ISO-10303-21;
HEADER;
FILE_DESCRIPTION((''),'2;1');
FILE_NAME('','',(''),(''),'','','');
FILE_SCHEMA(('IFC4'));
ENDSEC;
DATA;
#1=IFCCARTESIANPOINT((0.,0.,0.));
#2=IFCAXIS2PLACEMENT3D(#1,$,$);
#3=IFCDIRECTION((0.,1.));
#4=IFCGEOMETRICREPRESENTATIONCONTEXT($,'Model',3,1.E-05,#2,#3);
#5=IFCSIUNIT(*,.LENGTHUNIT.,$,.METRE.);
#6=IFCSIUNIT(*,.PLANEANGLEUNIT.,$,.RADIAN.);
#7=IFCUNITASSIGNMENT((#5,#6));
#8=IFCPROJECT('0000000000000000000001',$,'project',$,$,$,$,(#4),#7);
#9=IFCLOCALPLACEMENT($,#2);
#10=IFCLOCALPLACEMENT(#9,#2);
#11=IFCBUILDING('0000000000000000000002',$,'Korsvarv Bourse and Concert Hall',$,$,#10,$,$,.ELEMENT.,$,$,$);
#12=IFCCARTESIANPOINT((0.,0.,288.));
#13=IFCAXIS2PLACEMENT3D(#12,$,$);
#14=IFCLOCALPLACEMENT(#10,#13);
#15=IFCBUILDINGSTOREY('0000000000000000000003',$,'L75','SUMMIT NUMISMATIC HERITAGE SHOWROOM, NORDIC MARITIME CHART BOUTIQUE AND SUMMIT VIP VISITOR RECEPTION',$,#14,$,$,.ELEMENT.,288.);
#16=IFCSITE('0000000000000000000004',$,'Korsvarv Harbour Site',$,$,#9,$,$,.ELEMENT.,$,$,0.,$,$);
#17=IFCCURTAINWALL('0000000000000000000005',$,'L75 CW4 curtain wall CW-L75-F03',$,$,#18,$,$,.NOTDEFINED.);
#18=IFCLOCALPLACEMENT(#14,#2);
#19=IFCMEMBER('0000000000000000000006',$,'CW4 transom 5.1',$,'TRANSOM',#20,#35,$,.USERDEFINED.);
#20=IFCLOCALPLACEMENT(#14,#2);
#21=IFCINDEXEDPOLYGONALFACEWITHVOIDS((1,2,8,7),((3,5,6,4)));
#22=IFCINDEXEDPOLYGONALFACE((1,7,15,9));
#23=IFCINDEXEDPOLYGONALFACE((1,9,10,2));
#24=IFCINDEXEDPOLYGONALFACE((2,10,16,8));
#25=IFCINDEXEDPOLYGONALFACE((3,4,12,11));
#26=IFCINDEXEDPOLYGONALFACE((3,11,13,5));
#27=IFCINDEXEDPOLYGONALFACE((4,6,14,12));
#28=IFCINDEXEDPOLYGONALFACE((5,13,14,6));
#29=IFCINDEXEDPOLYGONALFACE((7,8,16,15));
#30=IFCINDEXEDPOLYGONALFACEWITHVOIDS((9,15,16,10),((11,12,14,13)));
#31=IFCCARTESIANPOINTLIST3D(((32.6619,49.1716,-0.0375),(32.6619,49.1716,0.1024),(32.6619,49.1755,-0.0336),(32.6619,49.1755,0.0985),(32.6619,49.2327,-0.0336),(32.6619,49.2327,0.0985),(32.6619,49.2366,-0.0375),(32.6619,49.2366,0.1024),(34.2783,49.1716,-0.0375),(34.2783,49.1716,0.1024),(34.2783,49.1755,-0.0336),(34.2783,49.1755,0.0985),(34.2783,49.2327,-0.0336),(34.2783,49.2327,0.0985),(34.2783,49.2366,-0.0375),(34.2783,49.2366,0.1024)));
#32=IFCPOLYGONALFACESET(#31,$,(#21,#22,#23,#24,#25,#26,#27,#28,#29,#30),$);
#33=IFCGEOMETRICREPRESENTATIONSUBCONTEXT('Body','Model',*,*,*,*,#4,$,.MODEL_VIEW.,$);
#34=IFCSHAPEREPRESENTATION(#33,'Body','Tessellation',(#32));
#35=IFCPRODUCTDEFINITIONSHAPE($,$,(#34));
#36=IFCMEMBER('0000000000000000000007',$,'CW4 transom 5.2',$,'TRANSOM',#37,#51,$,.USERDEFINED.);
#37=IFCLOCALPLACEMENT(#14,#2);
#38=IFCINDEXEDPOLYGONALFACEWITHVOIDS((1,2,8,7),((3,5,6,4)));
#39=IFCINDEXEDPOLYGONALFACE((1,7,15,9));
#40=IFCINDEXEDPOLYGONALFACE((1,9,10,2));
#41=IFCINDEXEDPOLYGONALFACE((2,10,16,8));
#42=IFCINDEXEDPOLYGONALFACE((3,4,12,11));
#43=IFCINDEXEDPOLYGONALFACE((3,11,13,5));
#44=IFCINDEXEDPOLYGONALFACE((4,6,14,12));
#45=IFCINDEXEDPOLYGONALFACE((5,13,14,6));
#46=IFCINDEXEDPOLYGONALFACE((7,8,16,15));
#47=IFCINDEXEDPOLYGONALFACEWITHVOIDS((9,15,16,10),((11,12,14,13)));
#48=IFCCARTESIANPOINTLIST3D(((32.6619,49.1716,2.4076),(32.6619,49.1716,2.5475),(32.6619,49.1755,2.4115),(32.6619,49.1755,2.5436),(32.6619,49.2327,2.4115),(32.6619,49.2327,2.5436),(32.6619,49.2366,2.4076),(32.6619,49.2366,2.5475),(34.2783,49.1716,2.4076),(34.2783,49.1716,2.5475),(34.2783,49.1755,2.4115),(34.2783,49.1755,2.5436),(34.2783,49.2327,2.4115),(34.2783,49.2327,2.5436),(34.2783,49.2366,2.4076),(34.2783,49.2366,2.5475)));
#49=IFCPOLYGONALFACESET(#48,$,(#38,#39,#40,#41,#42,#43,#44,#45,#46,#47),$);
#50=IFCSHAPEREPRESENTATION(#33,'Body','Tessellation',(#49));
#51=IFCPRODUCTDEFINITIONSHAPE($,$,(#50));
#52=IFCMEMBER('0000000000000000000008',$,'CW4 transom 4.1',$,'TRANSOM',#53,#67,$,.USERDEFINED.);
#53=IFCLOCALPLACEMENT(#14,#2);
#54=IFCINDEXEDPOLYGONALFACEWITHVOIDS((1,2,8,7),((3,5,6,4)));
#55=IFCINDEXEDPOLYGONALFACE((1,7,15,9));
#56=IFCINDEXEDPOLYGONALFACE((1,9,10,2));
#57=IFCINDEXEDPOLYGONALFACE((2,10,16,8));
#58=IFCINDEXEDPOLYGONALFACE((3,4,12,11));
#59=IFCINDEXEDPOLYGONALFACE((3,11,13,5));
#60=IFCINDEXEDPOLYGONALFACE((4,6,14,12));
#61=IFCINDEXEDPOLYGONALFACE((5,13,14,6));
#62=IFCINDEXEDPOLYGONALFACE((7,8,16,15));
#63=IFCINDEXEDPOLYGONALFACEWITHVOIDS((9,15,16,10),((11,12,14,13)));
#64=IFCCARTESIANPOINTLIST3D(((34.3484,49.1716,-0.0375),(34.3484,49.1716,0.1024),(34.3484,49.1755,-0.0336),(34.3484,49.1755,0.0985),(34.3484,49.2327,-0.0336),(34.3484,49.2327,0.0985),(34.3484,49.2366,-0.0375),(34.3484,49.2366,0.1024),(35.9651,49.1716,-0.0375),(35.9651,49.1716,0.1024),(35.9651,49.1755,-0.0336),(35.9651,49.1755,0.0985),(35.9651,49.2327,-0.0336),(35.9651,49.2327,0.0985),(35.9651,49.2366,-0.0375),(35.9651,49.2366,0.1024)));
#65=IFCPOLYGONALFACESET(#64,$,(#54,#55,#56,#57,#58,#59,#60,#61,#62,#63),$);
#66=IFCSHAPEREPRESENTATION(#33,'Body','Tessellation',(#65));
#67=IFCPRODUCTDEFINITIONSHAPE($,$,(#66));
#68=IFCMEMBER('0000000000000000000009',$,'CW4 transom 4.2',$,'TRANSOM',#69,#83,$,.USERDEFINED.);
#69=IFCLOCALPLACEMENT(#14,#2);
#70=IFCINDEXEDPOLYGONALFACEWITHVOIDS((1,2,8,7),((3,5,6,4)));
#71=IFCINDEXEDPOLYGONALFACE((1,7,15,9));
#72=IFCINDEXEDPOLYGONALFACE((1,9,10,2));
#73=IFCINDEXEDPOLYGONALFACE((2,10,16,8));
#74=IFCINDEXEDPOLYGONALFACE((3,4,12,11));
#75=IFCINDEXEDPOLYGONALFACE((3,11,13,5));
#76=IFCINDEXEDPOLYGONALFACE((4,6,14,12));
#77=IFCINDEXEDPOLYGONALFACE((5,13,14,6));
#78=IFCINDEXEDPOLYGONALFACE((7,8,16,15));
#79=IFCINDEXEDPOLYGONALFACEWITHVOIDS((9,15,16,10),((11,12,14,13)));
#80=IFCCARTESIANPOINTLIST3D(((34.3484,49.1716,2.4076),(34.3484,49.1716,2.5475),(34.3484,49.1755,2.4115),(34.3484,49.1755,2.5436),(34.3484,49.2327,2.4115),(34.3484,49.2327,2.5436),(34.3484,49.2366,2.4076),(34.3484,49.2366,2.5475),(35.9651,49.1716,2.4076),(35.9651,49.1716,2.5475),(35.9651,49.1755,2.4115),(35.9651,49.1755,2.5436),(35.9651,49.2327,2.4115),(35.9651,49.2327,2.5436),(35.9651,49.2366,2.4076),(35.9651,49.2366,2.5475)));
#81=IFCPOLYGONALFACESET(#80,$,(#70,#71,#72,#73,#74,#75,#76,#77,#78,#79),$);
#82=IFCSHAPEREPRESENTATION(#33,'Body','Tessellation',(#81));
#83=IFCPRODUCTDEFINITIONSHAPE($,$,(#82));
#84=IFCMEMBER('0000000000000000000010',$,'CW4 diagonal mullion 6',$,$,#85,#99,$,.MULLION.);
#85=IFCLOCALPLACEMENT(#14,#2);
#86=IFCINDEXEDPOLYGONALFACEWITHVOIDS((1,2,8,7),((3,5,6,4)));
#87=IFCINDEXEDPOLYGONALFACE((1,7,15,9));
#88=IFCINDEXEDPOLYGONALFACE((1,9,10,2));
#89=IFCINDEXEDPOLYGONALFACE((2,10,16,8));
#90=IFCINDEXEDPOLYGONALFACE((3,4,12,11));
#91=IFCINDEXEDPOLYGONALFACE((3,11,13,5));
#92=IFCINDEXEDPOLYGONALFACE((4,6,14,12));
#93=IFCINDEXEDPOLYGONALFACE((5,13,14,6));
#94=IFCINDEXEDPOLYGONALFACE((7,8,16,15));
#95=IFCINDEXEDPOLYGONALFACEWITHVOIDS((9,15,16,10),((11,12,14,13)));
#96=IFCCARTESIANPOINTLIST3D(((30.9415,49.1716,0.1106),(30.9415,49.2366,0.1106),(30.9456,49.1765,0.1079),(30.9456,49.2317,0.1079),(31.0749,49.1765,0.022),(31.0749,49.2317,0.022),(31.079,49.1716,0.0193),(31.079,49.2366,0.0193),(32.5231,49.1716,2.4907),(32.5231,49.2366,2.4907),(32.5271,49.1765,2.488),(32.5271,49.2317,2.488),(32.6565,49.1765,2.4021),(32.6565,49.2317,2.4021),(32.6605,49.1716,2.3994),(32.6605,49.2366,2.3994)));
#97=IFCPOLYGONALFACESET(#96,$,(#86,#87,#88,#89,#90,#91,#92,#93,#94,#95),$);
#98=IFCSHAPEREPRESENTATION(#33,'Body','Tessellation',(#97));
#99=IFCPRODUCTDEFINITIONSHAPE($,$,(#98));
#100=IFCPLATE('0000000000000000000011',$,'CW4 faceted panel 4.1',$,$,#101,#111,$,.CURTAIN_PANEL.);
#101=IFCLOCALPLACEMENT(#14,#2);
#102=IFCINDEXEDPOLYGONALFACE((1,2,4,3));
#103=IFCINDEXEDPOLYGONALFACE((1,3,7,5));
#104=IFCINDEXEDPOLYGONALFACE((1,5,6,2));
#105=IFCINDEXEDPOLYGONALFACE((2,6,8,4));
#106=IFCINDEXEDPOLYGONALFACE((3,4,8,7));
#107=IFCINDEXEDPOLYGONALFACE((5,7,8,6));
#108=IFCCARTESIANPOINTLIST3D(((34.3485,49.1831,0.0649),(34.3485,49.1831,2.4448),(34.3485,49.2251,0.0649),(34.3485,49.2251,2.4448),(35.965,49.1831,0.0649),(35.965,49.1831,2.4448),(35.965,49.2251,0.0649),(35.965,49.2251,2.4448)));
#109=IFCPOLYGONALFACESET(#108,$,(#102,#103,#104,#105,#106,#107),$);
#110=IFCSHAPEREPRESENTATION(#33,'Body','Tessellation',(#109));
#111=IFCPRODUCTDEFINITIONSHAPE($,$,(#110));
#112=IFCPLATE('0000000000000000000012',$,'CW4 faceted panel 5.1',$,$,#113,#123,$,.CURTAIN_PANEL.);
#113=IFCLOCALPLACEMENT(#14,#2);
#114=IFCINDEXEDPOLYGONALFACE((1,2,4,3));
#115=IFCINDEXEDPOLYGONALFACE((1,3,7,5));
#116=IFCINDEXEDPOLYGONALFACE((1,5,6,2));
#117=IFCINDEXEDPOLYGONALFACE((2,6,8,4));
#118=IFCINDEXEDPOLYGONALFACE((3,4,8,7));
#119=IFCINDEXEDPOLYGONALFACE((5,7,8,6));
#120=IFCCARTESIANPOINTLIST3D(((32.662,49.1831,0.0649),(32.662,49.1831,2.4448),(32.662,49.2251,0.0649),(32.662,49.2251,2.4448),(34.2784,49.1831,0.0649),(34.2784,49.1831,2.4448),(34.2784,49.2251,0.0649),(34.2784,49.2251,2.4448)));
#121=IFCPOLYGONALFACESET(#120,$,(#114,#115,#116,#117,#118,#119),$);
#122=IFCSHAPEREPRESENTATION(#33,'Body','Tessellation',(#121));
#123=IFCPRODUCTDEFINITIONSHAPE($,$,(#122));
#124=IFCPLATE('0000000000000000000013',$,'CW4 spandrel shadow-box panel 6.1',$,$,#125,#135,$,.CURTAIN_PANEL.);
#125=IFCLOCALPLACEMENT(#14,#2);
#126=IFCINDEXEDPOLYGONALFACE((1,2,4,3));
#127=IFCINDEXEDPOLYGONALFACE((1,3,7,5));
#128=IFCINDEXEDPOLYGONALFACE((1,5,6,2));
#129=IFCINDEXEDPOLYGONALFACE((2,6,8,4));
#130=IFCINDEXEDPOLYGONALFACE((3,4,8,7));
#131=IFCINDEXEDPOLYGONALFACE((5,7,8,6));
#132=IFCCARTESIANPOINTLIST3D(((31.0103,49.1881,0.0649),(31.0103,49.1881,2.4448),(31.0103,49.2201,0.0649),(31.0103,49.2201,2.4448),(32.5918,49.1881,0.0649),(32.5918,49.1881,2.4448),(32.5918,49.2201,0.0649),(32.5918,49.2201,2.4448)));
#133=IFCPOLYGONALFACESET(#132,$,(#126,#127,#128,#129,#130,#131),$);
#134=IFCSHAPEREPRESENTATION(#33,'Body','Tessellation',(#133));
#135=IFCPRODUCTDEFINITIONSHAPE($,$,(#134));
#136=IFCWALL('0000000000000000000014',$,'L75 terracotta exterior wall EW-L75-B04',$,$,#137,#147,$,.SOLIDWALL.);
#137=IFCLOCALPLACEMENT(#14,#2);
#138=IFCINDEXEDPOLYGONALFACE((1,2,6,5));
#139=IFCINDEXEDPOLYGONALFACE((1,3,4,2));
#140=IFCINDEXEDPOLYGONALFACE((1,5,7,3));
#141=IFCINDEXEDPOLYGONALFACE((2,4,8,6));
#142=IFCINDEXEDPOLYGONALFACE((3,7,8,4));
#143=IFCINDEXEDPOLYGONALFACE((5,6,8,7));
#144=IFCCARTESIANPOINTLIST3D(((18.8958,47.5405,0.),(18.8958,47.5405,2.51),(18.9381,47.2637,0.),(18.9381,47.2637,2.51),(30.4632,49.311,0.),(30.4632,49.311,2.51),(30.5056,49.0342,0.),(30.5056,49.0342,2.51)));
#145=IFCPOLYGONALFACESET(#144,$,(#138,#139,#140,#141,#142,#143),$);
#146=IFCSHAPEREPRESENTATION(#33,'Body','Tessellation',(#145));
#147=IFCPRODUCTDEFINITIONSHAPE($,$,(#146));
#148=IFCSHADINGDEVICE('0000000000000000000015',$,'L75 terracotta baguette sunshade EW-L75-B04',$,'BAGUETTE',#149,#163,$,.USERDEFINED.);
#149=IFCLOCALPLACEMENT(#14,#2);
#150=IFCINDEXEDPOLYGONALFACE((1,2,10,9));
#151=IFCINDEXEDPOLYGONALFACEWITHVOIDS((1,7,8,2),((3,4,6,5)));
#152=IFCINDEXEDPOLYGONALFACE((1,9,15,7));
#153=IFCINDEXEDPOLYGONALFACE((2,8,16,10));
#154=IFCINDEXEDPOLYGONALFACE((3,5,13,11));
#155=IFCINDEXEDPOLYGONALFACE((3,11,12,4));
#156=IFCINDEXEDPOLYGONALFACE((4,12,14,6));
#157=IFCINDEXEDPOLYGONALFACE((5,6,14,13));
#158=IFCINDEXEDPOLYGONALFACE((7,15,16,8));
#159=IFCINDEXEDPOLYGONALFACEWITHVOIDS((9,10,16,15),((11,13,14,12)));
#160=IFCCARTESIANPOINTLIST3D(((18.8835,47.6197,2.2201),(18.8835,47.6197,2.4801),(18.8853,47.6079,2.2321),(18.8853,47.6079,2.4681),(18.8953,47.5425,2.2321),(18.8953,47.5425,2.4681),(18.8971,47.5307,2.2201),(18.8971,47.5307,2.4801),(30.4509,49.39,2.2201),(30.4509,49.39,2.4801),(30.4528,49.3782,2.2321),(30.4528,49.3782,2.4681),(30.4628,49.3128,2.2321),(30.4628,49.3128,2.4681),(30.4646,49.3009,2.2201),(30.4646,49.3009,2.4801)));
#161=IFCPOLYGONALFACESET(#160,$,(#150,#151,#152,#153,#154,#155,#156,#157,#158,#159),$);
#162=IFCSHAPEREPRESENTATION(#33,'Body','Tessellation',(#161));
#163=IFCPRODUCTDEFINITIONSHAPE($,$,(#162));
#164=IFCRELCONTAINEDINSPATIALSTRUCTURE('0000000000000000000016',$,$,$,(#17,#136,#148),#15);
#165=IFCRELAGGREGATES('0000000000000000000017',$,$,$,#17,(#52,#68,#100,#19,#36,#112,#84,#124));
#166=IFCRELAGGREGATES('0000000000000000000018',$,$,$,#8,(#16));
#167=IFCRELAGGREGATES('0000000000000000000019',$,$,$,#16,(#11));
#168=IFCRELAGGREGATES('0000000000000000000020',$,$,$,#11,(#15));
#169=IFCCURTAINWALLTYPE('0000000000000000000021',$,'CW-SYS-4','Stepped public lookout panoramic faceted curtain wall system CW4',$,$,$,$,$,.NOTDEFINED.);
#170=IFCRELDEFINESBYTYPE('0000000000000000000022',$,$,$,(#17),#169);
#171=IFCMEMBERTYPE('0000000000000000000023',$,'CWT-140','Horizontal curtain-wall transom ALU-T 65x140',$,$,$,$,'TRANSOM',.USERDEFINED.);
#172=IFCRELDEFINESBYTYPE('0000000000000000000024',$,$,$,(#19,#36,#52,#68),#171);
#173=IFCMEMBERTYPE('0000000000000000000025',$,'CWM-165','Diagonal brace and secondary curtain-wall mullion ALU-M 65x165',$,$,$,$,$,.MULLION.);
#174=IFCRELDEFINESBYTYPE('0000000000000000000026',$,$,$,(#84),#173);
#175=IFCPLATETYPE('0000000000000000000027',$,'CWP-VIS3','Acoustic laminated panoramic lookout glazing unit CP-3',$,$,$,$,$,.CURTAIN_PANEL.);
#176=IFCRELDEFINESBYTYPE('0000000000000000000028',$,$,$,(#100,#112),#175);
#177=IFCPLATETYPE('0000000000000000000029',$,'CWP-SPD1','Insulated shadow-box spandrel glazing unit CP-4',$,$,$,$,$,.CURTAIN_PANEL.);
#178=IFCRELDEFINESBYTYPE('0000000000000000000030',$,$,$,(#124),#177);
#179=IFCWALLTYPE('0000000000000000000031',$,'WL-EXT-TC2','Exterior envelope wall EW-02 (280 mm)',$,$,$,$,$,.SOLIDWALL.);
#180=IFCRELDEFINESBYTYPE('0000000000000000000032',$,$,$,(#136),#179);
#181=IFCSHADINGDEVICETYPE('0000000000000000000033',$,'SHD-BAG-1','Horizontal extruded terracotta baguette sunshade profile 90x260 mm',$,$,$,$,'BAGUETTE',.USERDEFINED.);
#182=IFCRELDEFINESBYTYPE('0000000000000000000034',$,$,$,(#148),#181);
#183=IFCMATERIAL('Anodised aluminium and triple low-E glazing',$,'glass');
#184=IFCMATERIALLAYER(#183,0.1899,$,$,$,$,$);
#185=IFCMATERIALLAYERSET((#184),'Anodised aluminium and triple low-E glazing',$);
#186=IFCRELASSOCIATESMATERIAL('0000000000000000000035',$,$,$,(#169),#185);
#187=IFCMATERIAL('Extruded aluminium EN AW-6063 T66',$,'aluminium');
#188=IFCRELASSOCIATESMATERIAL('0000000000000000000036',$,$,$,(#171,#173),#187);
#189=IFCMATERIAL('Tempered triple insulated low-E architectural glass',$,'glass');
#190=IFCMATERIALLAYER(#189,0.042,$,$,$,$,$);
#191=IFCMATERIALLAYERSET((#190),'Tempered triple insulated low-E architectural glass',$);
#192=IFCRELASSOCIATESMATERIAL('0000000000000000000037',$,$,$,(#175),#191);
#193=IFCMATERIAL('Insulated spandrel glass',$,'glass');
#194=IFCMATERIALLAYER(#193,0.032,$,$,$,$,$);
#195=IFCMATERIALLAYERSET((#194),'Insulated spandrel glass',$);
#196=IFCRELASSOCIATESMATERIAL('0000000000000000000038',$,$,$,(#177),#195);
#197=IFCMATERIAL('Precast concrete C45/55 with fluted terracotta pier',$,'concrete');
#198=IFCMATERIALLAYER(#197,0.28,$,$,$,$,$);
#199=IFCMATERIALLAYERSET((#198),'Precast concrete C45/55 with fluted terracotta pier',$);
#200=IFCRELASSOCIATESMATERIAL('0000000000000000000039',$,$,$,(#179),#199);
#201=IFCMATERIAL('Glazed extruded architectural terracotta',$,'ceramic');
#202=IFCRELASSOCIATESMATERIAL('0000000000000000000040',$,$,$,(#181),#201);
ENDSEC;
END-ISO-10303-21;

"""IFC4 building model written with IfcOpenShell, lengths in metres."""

from ifc_helpers import new_model, si_unit, direction, frame, frame_2d, origin, origin_2d, place, context, subcontext, project, spatial, rectangle, hollow_rectangle, extrude, source, transform, mapped, material, layer, layer_set, material_profile, profile_set, type_object, element, aggregate, save


model = new_model("IFC4")

# Units and contexts
model_context = context("Model", 3, precision=1e-05, world=origin(), true_north=direction((0.0, 1.0)))
body_context = subcontext(model_context, "Body", "Model", "MODEL_VIEW")
ifc_project = project(units=[si_unit("LENGTHUNIT", "METRE"), si_unit("PLANEANGLEUNIT", "RADIAN")], contexts=[model_context])

# Site, building, storey
site_placement = place(None, origin())
site = spatial("IfcSite", under=ifc_project, at=site_placement, Name="Korsvarv Harbour Site", CompositionType="ELEMENT", RefElevation=0.0)
building_placement = place(site_placement, origin())
building = spatial("IfcBuilding", under=site, at=building_placement, Name="Korsvarv Bourse and Concert Hall", CompositionType="ELEMENT")
storey_placement = place(building_placement, frame((0.0, 0.0, 288.0)))
storey = spatial("IfcBuildingStorey", under=building, at=storey_placement, Name="L75", Description="SUMMIT NUMISMATIC HERITAGE SHOWROOM, NORDIC MARITIME CHART BOUTIQUE AND SUMMIT VIP VISITOR RECEPTION", CompositionType="ELEMENT", Elevation=288.0)

# Curtain wall, members, plates
ifc_material_1 = material(Name="Anodised aluminium and triple low-E glazing", Category="glass")
ifc_layer_1 = layer(ifc_material_1, 0.1899)
ifc_layer_set_1 = layer_set([ifc_layer_1], Name="Anodised aluminium and triple low-E glazing")
curtain_wall_type = type_object("IfcCurtainWallType", Name="CW-SYS-4", Description="Stepped public lookout panoramic faceted curtain wall system CW4", PredefinedType="NOTDEFINED", material=ifc_layer_set_1)
curtain_wall_placement = place(storey_placement, origin())
curtain_wall = element("IfcCurtainWall", 1, at=curtain_wall_placement, inside=storey, type_object=curtain_wall_type, Name="L75 CW4 curtain wall CW-L75-F03", PredefinedType="NOTDEFINED")
ifc_material_2 = material(Name="Extruded aluminium EN AW-6063 T66", Category="aluminium")
ifc_material_profile_1 = material_profile(ifc_material_2, hollow_rectangle(XDim=0.0649, YDim=0.1399, WallThickness=0.0039, at=origin_2d()), Name="ALU-T 65x140")
ifc_profile_set_1 = profile_set([ifc_material_profile_1], Name="Extruded aluminium EN AW-6063 T66")
member_type_1 = type_object("IfcMemberType", Name="CWT-140", Description="Horizontal curtain-wall transom ALU-T 65x140", ElementType="TRANSOM", PredefinedType="USERDEFINED", material=ifc_profile_set_1)
shared_shape_1 = source(origin(), body_context, "Body", "SweptSolid", [
    extrude(hollow_rectangle(XDim=0.0649, YDim=0.1399, WallThickness=0.0039, at=origin_2d()), origin(), (0.0, 0.0, 1.0), 1.6165),
])
member_1_placement = place(storey_placement, frame((34.2783, 49.2041, 0.0325), z_axis=(-1.0, 0.0, 0.0), x_axis=(0.0, -1.0, 0.0)))
member_1 = element("IfcMember", 2, at=member_1_placement, type_object=member_type_1, Name="CW4 transom 5.1", ObjectType="TRANSOM", PredefinedType="USERDEFINED", context=body_context, shape_type="MappedRepresentation", body=[
    mapped(shared_shape_1, transform((0.0, 0.0, 0.0), scale=1.0)),
])
member_2_placement = place(storey_placement, frame((34.2783, 49.2041, 2.4775), z_axis=(-1.0, 0.0, 0.0), x_axis=(0.0, -1.0, 0.0)))
member_2 = element("IfcMember", 3, at=member_2_placement, type_object=member_type_1, Name="CW4 transom 5.2", ObjectType="TRANSOM", PredefinedType="USERDEFINED", context=body_context, shape_type="MappedRepresentation", body=[
    mapped(shared_shape_1, transform((0.0, 0.0, 0.0), scale=1.0)),
])
shared_shape_2 = source(origin(), body_context, "Body", "SweptSolid", [
    extrude(hollow_rectangle(XDim=0.0649, YDim=0.1399, WallThickness=0.0039, at=origin_2d()), origin(), (0.0, 0.0, 1.0), 1.6167),
])
member_3_placement = place(storey_placement, frame((35.9651, 49.2041, 0.0325), z_axis=(-1.0, 0.0, 0.0), x_axis=(0.0, -1.0, 0.0)))
member_3 = element("IfcMember", 4, at=member_3_placement, type_object=member_type_1, Name="CW4 transom 4.1", ObjectType="TRANSOM", PredefinedType="USERDEFINED", context=body_context, shape_type="MappedRepresentation", body=[
    mapped(shared_shape_2, transform((0.0, 0.0, 0.0), scale=1.0)),
])
member_4_placement = place(storey_placement, frame((35.9651, 49.2041, 2.4775), z_axis=(-1.0, 0.0, 0.0), x_axis=(0.0, -1.0, 0.0)))
member_4 = element("IfcMember", 5, at=member_4_placement, type_object=member_type_1, Name="CW4 transom 4.2", ObjectType="TRANSOM", PredefinedType="USERDEFINED", context=body_context, shape_type="MappedRepresentation", body=[
    mapped(shared_shape_2, transform((0.0, 0.0, 0.0), scale=1.0)),
])
ifc_material_profile_2 = material_profile(ifc_material_2, hollow_rectangle(XDim=0.0649, YDim=0.165, WallThickness=0.0049, at=origin_2d()), Name="ALU-M 65x165")
ifc_profile_set_2 = profile_set([ifc_material_profile_2], Name="Extruded aluminium EN AW-6063 T66")
member_type_2 = type_object("IfcMemberType", Name="CWM-165", Description="Diagonal brace and secondary curtain-wall mullion ALU-M 65x165", PredefinedType="MULLION", material=ifc_profile_set_2)
shared_shape_3 = source(origin(), body_context, "Body", "SweptSolid", [
    extrude(hollow_rectangle(XDim=0.0649, YDim=0.165, WallThickness=0.0049, at=origin_2d()), origin(), (0.0, 0.0, 1.0), 2.8577),
])
member_5_placement = place(storey_placement, frame((31.0103, 49.2041, 0.0649), z_axis=(0.553438, 0.0, 0.832891), x_axis=(0.0, 1.0, 0.0)))
member_5 = element("IfcMember", 6, at=member_5_placement, type_object=member_type_2, Name="CW4 diagonal mullion 6", PredefinedType="MULLION", context=body_context, shape_type="MappedRepresentation", body=[
    mapped(shared_shape_3, transform((0.0, 0.0, 0.0), scale=1.0)),
])
ifc_material_3 = material(Name="Tempered triple insulated low-E architectural glass", Category="glass")
ifc_layer_2 = layer(ifc_material_3, 0.042)
ifc_layer_set_2 = layer_set([ifc_layer_2], Name="Tempered triple insulated low-E architectural glass")
plate_type_1 = type_object("IfcPlateType", Name="CWP-VIS3", Description="Acoustic laminated panoramic lookout glazing unit CP-3", PredefinedType="CURTAIN_PANEL", material=ifc_layer_set_2)
shared_shape_4 = source(origin(), body_context, "Body", "SweptSolid", [
    extrude(rectangle(XDim=1.6165, YDim=0.042, at=origin_2d()), origin(), (0.0, 0.0, 1.0), 2.3799),
])
plate_1_placement = place(storey_placement, frame((35.1567, 49.2041, 0.0649), z_axis=(0.0, 0.0, 1.0), x_axis=(-1.0, 0.0, 0.0)))
plate_1 = element("IfcPlate", 7, at=plate_1_placement, type_object=plate_type_1, Name="CW4 faceted panel 4.1", PredefinedType="CURTAIN_PANEL", context=body_context, shape_type="MappedRepresentation", body=[
    mapped(shared_shape_4, transform((0.0, 0.0, 0.0), scale=1.0)),
])
plate_2_placement = place(storey_placement, frame((33.4702, 49.2041, 0.0649), z_axis=(0.0, 0.0, 1.0), x_axis=(-1.0, 0.0, 0.0)))
plate_2 = element("IfcPlate", 8, at=plate_2_placement, type_object=plate_type_1, Name="CW4 faceted panel 5.1", PredefinedType="CURTAIN_PANEL", context=body_context, shape_type="MappedRepresentation", body=[
    mapped(shared_shape_4, transform((0.0, 0.0, 0.0), scale=1.0)),
])
ifc_material_4 = material(Name="Insulated spandrel glass", Category="glass")
ifc_layer_3 = layer(ifc_material_4, 0.032)
ifc_layer_set_3 = layer_set([ifc_layer_3], Name="Insulated spandrel glass")
plate_type_2 = type_object("IfcPlateType", Name="CWP-SPD1", Description="Insulated shadow-box spandrel glazing unit CP-4", PredefinedType="CURTAIN_PANEL", material=ifc_layer_set_3)
shared_shape_5 = source(origin(), body_context, "Body", "SweptSolid", [
    extrude(rectangle(XDim=1.5815, YDim=0.032, at=origin_2d()), origin(), (0.0, 0.0, 1.0), 2.3799),
])
plate_3_placement = place(storey_placement, frame((31.801, 49.2041, 0.0649), z_axis=(0.0, 0.0, 1.0), x_axis=(-1.0, 0.0, 0.0)))
plate_3 = element("IfcPlate", 9, at=plate_3_placement, type_object=plate_type_2, Name="CW4 spandrel shadow-box panel 6.1", PredefinedType="CURTAIN_PANEL", context=body_context, shape_type="MappedRepresentation", body=[
    mapped(shared_shape_5, transform((0.0, 0.0, 0.0), scale=1.0)),
])
aggregate(curtain_wall, [member_3, member_4, plate_1, member_1, member_2, plate_2, member_5, plate_3])

# Wall
ifc_material_5 = material(Name="Precast concrete C45/55 with fluted terracotta pier", Category="concrete")
ifc_layer_4 = layer(ifc_material_5, 0.28)
ifc_layer_set_4 = layer_set([ifc_layer_4], Name="Precast concrete C45/55 with fluted terracotta pier")
wall_type = type_object("IfcWallType", Name="WL-EXT-TC2", Description="Exterior envelope wall EW-02 (280 mm)", PredefinedType="SOLIDWALL", material=ifc_layer_set_4)
wall_placement = place(storey_placement, frame((30.4844, 49.1726, 0.0), z_axis=(0.0, 0.0, 1.0), x_axis=(-0.988488, -0.151298, 0.0)))
element("IfcWall", 10, at=wall_placement, inside=storey, type_object=wall_type, Name="L75 terracotta exterior wall EW-L75-B04", PredefinedType="SOLIDWALL", context=body_context, shape_type="SweptSolid", body=[
    extrude(rectangle(XDim=11.7021, YDim=0.28, at=frame_2d((5.8511, 0.0))), origin(), (0.0, 0.0, 1.0), 2.51),
])

# Shading device
ifc_material_6 = material(Name="Glazed extruded architectural terracotta", Category="ceramic")
ifc_material_profile_3 = material_profile(ifc_material_6, hollow_rectangle(XDim=0.0901, YDim=0.26, WallThickness=0.012, at=origin_2d()), Name="TC-BAG 90x260")
ifc_profile_set_3 = profile_set([ifc_material_profile_3], Name="Glazed extruded architectural terracotta")
shading_device_type = type_object("IfcShadingDeviceType", Name="SHD-BAG-1", Description="Horizontal extruded terracotta baguette sunshade profile 90x260 mm", ElementType="BAGUETTE", PredefinedType="USERDEFINED", material=ifc_profile_set_3)
shared_shape_6 = source(origin(), body_context, "Body", "SweptSolid", [
    extrude(hollow_rectangle(XDim=0.0901, YDim=0.26, WallThickness=0.012, at=origin_2d()), origin(), (0.0, 0.0, 1.0), 11.7021),
])
shading_device_placement = place(storey_placement, frame((30.4578, 49.3455, 2.3501), z_axis=(-0.988491, -0.151278, 0.0), x_axis=(0.151278, -0.988491, 0.0)))
element("IfcShadingDevice", 11, at=shading_device_placement, inside=storey, type_object=shading_device_type, Name="L75 terracotta baguette sunshade EW-L75-B04", ObjectType="BAGUETTE", PredefinedType="USERDEFINED", context=body_context, shape_type="MappedRepresentation", body=[
    mapped(shared_shape_6, transform((0.0, 0.0, 0.0), scale=1.0)),
])

save(model, "model.ifc")
